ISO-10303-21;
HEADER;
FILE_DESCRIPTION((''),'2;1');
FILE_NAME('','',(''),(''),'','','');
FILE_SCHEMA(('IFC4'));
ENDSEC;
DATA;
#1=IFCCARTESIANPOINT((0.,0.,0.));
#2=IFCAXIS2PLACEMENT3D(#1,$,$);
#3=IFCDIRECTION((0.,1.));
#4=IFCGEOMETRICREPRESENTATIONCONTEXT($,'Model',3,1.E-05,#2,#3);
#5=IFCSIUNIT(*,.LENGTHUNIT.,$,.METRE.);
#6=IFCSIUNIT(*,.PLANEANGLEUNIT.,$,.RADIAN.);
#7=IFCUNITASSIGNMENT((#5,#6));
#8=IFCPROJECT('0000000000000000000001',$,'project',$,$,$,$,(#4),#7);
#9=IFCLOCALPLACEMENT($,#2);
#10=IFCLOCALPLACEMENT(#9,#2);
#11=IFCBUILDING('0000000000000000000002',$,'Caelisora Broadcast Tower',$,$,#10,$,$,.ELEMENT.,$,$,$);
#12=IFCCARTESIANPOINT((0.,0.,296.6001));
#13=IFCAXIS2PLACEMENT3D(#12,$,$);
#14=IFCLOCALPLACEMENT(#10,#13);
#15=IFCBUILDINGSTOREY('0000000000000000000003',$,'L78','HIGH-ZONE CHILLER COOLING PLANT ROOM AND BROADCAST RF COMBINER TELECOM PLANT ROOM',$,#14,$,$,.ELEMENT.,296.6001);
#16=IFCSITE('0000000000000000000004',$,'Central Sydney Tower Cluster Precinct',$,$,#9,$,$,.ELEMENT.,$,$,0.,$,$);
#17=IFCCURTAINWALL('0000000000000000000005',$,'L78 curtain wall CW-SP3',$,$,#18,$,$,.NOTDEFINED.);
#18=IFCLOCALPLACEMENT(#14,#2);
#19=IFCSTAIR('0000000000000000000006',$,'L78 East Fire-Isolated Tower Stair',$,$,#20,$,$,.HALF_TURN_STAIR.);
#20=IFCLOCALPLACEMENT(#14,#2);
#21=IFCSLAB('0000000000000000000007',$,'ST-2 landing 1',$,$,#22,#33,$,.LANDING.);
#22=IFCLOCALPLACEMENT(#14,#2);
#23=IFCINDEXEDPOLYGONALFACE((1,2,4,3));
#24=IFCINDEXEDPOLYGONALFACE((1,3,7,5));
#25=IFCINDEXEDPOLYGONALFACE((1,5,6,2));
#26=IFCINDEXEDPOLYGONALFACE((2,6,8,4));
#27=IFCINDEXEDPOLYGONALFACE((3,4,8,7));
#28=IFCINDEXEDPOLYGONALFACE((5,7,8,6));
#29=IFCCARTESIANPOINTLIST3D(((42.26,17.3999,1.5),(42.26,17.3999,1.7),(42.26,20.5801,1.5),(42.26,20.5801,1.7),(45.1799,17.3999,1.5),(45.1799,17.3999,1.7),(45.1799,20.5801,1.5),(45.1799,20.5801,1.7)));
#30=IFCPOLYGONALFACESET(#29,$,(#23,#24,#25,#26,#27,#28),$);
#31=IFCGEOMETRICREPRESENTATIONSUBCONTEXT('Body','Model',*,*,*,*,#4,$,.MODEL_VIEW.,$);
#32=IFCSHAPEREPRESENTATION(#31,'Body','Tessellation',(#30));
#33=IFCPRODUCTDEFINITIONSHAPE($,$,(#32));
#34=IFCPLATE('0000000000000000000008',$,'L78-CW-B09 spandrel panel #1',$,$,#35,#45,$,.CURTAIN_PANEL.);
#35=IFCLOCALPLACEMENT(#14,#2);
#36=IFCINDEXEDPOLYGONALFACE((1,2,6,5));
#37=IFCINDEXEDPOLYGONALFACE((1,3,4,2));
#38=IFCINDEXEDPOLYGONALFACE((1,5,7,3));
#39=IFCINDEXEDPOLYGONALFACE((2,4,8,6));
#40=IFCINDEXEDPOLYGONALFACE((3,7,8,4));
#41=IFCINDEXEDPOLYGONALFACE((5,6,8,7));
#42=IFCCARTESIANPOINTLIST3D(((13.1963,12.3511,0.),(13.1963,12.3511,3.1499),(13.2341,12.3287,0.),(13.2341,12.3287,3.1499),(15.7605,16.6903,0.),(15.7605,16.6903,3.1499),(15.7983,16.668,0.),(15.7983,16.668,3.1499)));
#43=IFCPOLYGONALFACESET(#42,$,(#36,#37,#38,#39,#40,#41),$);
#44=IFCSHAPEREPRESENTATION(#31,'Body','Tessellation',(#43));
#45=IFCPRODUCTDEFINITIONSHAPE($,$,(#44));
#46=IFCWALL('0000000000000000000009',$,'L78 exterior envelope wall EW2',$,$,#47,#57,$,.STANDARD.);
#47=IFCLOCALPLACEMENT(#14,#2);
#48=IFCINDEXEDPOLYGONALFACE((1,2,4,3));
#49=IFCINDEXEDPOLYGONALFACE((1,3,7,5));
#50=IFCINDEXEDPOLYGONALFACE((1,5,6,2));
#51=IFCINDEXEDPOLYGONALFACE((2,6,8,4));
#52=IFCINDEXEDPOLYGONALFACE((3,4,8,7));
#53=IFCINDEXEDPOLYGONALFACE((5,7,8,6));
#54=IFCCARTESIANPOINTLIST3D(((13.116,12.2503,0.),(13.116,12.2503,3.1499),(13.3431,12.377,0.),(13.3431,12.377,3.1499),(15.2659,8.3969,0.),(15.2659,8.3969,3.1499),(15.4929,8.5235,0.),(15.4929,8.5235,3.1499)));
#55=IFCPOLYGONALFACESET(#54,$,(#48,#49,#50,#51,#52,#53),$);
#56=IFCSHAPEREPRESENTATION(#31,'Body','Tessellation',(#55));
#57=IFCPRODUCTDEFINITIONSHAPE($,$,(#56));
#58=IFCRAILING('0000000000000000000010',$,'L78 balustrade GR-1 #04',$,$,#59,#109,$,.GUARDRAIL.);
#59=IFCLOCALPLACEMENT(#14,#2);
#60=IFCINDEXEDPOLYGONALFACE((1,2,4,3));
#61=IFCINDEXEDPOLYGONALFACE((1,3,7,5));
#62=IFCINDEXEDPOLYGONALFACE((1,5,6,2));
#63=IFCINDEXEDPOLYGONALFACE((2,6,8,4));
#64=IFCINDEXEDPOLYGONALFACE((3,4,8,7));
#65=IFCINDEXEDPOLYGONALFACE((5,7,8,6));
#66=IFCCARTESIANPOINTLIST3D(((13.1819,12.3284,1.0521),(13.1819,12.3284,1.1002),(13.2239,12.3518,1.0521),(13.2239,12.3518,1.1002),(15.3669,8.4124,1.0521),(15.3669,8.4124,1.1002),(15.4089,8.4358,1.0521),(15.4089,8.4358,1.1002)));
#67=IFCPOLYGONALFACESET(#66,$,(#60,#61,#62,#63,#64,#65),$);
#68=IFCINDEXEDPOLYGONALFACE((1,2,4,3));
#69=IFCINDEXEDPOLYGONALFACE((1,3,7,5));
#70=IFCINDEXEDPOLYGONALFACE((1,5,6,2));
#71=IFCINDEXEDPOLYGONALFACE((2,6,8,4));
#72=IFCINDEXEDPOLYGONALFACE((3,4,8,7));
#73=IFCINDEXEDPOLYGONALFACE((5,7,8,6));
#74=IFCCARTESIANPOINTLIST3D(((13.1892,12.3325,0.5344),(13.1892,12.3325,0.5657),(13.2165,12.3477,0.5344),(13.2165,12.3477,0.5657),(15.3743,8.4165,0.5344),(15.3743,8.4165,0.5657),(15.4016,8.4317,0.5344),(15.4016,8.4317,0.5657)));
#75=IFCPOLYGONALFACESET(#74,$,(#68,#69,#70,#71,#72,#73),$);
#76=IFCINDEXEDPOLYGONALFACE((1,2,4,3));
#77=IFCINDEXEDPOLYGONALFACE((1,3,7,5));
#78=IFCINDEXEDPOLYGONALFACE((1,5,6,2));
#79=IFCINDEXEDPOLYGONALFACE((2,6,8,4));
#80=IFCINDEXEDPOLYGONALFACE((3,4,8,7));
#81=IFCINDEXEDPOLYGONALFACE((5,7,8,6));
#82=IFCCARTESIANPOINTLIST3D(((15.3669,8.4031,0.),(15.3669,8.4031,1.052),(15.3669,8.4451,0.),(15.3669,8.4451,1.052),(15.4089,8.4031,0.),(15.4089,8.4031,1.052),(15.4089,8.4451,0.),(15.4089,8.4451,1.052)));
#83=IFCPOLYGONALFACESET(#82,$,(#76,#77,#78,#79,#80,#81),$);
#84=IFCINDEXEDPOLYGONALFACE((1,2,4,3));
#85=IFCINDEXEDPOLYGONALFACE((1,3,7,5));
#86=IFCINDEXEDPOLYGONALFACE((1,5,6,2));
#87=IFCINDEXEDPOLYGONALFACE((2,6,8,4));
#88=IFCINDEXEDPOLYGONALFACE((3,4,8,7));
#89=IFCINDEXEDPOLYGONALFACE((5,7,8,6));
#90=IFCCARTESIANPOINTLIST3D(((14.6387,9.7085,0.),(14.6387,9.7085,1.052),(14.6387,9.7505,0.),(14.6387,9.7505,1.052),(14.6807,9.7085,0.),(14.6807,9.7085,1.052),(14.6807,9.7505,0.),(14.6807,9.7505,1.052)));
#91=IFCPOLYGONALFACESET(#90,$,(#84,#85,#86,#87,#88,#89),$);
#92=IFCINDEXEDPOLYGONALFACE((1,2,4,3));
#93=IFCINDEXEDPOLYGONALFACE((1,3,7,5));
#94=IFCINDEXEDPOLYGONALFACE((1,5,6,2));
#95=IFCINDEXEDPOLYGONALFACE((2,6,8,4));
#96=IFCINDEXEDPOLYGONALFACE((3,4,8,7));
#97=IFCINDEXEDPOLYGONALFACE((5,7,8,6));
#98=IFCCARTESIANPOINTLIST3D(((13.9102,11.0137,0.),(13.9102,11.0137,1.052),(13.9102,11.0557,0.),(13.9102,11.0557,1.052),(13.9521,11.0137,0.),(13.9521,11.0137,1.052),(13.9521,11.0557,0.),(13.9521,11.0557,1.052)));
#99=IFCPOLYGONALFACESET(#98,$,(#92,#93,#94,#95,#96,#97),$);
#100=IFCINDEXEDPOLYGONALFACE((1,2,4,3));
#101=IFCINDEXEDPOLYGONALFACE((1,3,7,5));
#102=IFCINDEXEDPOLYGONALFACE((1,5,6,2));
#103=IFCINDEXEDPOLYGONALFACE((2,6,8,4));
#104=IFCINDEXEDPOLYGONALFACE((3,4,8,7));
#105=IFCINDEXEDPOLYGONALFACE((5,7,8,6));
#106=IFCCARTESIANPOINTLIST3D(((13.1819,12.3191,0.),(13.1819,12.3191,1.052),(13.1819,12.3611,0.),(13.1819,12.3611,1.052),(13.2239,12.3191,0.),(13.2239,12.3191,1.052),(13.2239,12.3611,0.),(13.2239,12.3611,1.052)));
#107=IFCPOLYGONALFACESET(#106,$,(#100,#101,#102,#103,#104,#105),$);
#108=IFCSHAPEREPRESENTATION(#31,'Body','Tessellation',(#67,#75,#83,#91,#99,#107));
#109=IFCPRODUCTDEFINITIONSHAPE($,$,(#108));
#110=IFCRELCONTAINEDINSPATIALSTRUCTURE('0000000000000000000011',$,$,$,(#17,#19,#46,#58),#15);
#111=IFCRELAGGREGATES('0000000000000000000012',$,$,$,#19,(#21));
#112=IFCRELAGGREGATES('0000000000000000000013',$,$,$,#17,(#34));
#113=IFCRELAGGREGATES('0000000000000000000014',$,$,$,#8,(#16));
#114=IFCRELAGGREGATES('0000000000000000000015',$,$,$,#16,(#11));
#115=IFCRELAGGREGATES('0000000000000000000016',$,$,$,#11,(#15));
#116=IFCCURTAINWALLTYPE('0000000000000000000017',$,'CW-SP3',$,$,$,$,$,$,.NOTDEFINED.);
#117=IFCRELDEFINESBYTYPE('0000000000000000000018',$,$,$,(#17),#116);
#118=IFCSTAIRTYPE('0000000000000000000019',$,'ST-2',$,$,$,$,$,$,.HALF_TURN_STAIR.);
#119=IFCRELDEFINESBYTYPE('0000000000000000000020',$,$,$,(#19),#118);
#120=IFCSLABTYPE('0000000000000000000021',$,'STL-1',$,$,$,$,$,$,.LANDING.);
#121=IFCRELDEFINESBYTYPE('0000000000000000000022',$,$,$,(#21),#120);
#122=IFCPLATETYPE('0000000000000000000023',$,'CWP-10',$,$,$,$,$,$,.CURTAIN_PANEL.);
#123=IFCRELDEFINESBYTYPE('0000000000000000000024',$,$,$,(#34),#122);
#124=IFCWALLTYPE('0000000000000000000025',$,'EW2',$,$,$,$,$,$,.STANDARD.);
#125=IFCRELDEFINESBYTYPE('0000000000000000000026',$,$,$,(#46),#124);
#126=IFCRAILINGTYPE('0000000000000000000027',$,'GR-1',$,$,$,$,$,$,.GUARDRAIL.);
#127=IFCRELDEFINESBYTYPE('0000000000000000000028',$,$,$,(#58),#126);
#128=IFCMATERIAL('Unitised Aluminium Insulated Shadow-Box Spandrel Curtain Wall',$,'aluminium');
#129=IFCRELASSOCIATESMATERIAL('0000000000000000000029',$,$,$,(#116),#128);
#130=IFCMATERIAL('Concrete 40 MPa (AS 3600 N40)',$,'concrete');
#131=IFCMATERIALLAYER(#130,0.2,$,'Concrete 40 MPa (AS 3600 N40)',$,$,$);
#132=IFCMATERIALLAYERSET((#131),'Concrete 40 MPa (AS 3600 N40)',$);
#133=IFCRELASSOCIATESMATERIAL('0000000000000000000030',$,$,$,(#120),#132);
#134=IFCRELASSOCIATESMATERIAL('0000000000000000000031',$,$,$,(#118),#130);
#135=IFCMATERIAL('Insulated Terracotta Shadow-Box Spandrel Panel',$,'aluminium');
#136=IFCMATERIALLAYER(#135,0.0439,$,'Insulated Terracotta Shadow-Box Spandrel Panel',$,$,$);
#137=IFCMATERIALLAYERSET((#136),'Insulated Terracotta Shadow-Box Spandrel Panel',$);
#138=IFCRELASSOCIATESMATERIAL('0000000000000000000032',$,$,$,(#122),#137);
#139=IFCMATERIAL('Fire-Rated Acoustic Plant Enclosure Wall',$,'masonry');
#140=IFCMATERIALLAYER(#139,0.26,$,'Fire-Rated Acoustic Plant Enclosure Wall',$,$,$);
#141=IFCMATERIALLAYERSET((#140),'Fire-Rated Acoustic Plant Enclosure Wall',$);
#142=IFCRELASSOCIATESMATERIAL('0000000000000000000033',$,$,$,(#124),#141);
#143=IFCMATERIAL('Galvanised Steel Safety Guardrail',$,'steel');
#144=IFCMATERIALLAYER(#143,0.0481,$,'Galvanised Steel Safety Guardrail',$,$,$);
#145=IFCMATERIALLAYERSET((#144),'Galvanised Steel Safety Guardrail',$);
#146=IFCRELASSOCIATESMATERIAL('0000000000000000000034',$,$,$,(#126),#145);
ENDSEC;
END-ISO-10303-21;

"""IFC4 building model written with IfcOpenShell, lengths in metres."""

from ifc_helpers import new_model, si_unit, direction, frame, frame_2d, origin, origin_2d, place, context, subcontext, project, spatial, polyline, rectangle, outline, extrude, source, transform, mapped, material, layer, layer_set, type_object, type_shapes, element, aggregate, save


model = new_model("IFC4")

# Units and contexts
model_context = context("Model", 3, precision=1e-05, world=origin(), true_north=direction((0.0, 1.0)))
body_context = subcontext(model_context, "Body", "Model", "MODEL_VIEW")
ifc_project = project(units=[si_unit("LENGTHUNIT", "METRE"), si_unit("PLANEANGLEUNIT", "RADIAN")], contexts=[model_context])

# Site, building, storey
site_placement = place(None, origin())
site = spatial("IfcSite", under=ifc_project, at=site_placement, Name="Central Sydney Tower Cluster Precinct", CompositionType="ELEMENT", RefElevation=0.0)
building_placement = place(site_placement, origin())
building = spatial("IfcBuilding", under=site, at=building_placement, Name="Caelisora Broadcast Tower", CompositionType="ELEMENT")
storey_placement = place(building_placement, frame((0.0, 0.0, 296.6001)))
storey = spatial("IfcBuildingStorey", under=building, at=storey_placement, Name="L78", Description="HIGH-ZONE CHILLER COOLING PLANT ROOM AND BROADCAST RF COMBINER TELECOM PLANT ROOM", CompositionType="ELEMENT", Elevation=296.6001)

# Shared definitions
ifc_material_1 = material(Name="Unitised Aluminium Insulated Shadow-Box Spandrel Curtain Wall", Category="aluminium")
curtain_wall_type = type_object("IfcCurtainWallType", Name="CW-SP3", PredefinedType="NOTDEFINED", material=ifc_material_1)

# Curtain wall
curtain_wall_1_placement = place(storey_placement, origin())
curtain_wall_1 = element("IfcCurtainWall", 1, at=curtain_wall_1_placement, inside=storey, type_object=curtain_wall_type, Name="L78 curtain wall CW-SP3", PredefinedType="NOTDEFINED")

# Stair, slab
ifc_material_2 = material(Name="Concrete 40 MPa (AS 3600 N40)", Category="concrete")
ifc_layer_1 = layer(ifc_material_2, 0.2, Name="Concrete 40 MPa (AS 3600 N40)")
ifc_layer_set_1 = layer_set([ifc_layer_1], Name="Concrete 40 MPa (AS 3600 N40)")
slab_type_1 = type_object("IfcSlabType", Name="STL-1", PredefinedType="LANDING", material=ifc_layer_set_1)
stair_type_1 = type_object("IfcStairType", Name="ST-2", PredefinedType="HALF_TURN_STAIR", material=ifc_material_2)
stair_1_placement = place(storey_placement, origin())
stair_1 = element("IfcStair", 2, at=stair_1_placement, inside=storey, type_object=stair_type_1, Name="L78 East Fire-Isolated Tower Stair", PredefinedType="HALF_TURN_STAIR")
slab_1_placement = place(storey_placement, frame((0.0, 0.0, 1.5)))
slab_1 = element("IfcSlab", 3, at=slab_1_placement, type_object=slab_type_1, Name="ST-2 landing 1", PredefinedType="LANDING", context=body_context, shape_type="SweptSolid", body=[
    extrude(outline(polyline([(42.26, 20.5801), (42.26, 17.3999), (45.1799, 17.3999), (45.1799, 20.5801), (42.26, 20.5801)])), origin(), (0.0, 0.0, 1.0), 0.2),
])
aggregate(stair_1, [slab_1])

# Plate
ifc_material_3 = material(Name="Insulated Terracotta Shadow-Box Spandrel Panel", Category="aluminium")
ifc_layer_2 = layer(ifc_material_3, 0.0439, Name="Insulated Terracotta Shadow-Box Spandrel Panel")
ifc_layer_set_2 = layer_set([ifc_layer_2], Name="Insulated Terracotta Shadow-Box Spandrel Panel")
plate_type = type_object("IfcPlateType", Name="CWP-10", PredefinedType="CURTAIN_PANEL", material=ifc_layer_set_2)
shared_shape_1 = source(origin(), body_context, "Body", "SweptSolid", [
    extrude(rectangle(XDim=5.0403, YDim=0.0439, at=origin_2d()), origin(), (0.0, 0.0, 1.0), 3.1499),
])
type_shapes(plate_type, [shared_shape_1])
plate_placement = place(storey_placement, frame((14.4973, 14.5095, 0.0), z_axis=(0.0, 0.0, 1.0), x_axis=(0.508741, 0.86092, 0.0)))
plate = element("IfcPlate", 4, at=plate_placement, type_object=plate_type, Name="L78-CW-B09 spandrel panel #1", PredefinedType="CURTAIN_PANEL", context=body_context, shape_type="MappedRepresentation", body=[
    mapped(shared_shape_1, transform((0.0, 0.0, 0.0), scale=1.0)),
])
aggregate(curtain_wall_1, [plate])

# Wall
ifc_material_4 = material(Name="Fire-Rated Acoustic Plant Enclosure Wall", Category="masonry")
ifc_layer_3 = layer(ifc_material_4, 0.26, Name="Fire-Rated Acoustic Plant Enclosure Wall")
ifc_layer_set_3 = layer_set([ifc_layer_3], Name="Fire-Rated Acoustic Plant Enclosure Wall")
wall_type = type_object("IfcWallType", Name="EW2", PredefinedType="STANDARD", material=ifc_layer_set_3)
wall_placement = place(storey_placement, frame((15.3794, 8.4602, 0.0), z_axis=(0.0, 0.0, 1.0), x_axis=(-0.487211, 0.873284, 0.0)))
element("IfcWall", 5, at=wall_placement, inside=storey, type_object=wall_type, Name="L78 exterior envelope wall EW2", PredefinedType="STANDARD", context=body_context, shape_type="SweptSolid", body=[
    extrude(rectangle(XDim=4.4126, YDim=0.26, at=frame_2d((2.2063, 0.0))), origin(), (0.0, 0.0, 1.0), 3.1499),
])

# Railing
ifc_material_5 = material(Name="Galvanised Steel Safety Guardrail", Category="steel")
ifc_layer_4 = layer(ifc_material_5, 0.0481, Name="Galvanised Steel Safety Guardrail")
ifc_layer_set_4 = layer_set([ifc_layer_4], Name="Galvanised Steel Safety Guardrail")
railing_type = type_object("IfcRailingType", Name="GR-1", PredefinedType="GUARDRAIL", material=ifc_layer_set_4)
railing_1_placement = place(storey_placement, frame((15.3879, 8.4241, 0.0)))
element("IfcRailing", 6, at=railing_1_placement, inside=storey, type_object=railing_type, Name="L78 balustrade GR-1 #04", PredefinedType="GUARDRAIL", context=body_context, shape_type="SweptSolid", body=[
    extrude(rectangle(XDim=0.0481, YDim=0.0481, at=origin_2d()), frame((0.0, 0.0, 1.0762), z_axis=(-0.48726, 0.873257, 0.0), x_axis=(-0.873257, -0.48726, 0.0)), (0.0, 0.0, 1.0), 4.4844),
    extrude(rectangle(XDim=0.0312, YDim=0.0312, at=origin_2d()), frame((0.0, 0.0, 0.55), z_axis=(-0.48726, 0.873257, 0.0), x_axis=(-0.873257, -0.48726, 0.0)), (0.0, 0.0, 1.0), 4.4844),
    extrude(rectangle(XDim=0.042, YDim=0.042, at=origin_2d()), origin(), (0.0, 0.0, 1.0), 1.052),
    extrude(rectangle(XDim=0.042, YDim=0.042, at=origin_2d()), frame((-0.7283, 1.3054, 0.0)), (0.0, 0.0, 1.0), 1.052),
    extrude(rectangle(XDim=0.042, YDim=0.042, at=origin_2d()), frame((-1.4568, 2.6106, 0.0)), (0.0, 0.0, 1.0), 1.052),
    extrude(rectangle(XDim=0.042, YDim=0.042, at=origin_2d()), frame((-2.1851, 3.916, 0.0)), (0.0, 0.0, 1.0), 1.052),
])

save(model, "model.ifc")
